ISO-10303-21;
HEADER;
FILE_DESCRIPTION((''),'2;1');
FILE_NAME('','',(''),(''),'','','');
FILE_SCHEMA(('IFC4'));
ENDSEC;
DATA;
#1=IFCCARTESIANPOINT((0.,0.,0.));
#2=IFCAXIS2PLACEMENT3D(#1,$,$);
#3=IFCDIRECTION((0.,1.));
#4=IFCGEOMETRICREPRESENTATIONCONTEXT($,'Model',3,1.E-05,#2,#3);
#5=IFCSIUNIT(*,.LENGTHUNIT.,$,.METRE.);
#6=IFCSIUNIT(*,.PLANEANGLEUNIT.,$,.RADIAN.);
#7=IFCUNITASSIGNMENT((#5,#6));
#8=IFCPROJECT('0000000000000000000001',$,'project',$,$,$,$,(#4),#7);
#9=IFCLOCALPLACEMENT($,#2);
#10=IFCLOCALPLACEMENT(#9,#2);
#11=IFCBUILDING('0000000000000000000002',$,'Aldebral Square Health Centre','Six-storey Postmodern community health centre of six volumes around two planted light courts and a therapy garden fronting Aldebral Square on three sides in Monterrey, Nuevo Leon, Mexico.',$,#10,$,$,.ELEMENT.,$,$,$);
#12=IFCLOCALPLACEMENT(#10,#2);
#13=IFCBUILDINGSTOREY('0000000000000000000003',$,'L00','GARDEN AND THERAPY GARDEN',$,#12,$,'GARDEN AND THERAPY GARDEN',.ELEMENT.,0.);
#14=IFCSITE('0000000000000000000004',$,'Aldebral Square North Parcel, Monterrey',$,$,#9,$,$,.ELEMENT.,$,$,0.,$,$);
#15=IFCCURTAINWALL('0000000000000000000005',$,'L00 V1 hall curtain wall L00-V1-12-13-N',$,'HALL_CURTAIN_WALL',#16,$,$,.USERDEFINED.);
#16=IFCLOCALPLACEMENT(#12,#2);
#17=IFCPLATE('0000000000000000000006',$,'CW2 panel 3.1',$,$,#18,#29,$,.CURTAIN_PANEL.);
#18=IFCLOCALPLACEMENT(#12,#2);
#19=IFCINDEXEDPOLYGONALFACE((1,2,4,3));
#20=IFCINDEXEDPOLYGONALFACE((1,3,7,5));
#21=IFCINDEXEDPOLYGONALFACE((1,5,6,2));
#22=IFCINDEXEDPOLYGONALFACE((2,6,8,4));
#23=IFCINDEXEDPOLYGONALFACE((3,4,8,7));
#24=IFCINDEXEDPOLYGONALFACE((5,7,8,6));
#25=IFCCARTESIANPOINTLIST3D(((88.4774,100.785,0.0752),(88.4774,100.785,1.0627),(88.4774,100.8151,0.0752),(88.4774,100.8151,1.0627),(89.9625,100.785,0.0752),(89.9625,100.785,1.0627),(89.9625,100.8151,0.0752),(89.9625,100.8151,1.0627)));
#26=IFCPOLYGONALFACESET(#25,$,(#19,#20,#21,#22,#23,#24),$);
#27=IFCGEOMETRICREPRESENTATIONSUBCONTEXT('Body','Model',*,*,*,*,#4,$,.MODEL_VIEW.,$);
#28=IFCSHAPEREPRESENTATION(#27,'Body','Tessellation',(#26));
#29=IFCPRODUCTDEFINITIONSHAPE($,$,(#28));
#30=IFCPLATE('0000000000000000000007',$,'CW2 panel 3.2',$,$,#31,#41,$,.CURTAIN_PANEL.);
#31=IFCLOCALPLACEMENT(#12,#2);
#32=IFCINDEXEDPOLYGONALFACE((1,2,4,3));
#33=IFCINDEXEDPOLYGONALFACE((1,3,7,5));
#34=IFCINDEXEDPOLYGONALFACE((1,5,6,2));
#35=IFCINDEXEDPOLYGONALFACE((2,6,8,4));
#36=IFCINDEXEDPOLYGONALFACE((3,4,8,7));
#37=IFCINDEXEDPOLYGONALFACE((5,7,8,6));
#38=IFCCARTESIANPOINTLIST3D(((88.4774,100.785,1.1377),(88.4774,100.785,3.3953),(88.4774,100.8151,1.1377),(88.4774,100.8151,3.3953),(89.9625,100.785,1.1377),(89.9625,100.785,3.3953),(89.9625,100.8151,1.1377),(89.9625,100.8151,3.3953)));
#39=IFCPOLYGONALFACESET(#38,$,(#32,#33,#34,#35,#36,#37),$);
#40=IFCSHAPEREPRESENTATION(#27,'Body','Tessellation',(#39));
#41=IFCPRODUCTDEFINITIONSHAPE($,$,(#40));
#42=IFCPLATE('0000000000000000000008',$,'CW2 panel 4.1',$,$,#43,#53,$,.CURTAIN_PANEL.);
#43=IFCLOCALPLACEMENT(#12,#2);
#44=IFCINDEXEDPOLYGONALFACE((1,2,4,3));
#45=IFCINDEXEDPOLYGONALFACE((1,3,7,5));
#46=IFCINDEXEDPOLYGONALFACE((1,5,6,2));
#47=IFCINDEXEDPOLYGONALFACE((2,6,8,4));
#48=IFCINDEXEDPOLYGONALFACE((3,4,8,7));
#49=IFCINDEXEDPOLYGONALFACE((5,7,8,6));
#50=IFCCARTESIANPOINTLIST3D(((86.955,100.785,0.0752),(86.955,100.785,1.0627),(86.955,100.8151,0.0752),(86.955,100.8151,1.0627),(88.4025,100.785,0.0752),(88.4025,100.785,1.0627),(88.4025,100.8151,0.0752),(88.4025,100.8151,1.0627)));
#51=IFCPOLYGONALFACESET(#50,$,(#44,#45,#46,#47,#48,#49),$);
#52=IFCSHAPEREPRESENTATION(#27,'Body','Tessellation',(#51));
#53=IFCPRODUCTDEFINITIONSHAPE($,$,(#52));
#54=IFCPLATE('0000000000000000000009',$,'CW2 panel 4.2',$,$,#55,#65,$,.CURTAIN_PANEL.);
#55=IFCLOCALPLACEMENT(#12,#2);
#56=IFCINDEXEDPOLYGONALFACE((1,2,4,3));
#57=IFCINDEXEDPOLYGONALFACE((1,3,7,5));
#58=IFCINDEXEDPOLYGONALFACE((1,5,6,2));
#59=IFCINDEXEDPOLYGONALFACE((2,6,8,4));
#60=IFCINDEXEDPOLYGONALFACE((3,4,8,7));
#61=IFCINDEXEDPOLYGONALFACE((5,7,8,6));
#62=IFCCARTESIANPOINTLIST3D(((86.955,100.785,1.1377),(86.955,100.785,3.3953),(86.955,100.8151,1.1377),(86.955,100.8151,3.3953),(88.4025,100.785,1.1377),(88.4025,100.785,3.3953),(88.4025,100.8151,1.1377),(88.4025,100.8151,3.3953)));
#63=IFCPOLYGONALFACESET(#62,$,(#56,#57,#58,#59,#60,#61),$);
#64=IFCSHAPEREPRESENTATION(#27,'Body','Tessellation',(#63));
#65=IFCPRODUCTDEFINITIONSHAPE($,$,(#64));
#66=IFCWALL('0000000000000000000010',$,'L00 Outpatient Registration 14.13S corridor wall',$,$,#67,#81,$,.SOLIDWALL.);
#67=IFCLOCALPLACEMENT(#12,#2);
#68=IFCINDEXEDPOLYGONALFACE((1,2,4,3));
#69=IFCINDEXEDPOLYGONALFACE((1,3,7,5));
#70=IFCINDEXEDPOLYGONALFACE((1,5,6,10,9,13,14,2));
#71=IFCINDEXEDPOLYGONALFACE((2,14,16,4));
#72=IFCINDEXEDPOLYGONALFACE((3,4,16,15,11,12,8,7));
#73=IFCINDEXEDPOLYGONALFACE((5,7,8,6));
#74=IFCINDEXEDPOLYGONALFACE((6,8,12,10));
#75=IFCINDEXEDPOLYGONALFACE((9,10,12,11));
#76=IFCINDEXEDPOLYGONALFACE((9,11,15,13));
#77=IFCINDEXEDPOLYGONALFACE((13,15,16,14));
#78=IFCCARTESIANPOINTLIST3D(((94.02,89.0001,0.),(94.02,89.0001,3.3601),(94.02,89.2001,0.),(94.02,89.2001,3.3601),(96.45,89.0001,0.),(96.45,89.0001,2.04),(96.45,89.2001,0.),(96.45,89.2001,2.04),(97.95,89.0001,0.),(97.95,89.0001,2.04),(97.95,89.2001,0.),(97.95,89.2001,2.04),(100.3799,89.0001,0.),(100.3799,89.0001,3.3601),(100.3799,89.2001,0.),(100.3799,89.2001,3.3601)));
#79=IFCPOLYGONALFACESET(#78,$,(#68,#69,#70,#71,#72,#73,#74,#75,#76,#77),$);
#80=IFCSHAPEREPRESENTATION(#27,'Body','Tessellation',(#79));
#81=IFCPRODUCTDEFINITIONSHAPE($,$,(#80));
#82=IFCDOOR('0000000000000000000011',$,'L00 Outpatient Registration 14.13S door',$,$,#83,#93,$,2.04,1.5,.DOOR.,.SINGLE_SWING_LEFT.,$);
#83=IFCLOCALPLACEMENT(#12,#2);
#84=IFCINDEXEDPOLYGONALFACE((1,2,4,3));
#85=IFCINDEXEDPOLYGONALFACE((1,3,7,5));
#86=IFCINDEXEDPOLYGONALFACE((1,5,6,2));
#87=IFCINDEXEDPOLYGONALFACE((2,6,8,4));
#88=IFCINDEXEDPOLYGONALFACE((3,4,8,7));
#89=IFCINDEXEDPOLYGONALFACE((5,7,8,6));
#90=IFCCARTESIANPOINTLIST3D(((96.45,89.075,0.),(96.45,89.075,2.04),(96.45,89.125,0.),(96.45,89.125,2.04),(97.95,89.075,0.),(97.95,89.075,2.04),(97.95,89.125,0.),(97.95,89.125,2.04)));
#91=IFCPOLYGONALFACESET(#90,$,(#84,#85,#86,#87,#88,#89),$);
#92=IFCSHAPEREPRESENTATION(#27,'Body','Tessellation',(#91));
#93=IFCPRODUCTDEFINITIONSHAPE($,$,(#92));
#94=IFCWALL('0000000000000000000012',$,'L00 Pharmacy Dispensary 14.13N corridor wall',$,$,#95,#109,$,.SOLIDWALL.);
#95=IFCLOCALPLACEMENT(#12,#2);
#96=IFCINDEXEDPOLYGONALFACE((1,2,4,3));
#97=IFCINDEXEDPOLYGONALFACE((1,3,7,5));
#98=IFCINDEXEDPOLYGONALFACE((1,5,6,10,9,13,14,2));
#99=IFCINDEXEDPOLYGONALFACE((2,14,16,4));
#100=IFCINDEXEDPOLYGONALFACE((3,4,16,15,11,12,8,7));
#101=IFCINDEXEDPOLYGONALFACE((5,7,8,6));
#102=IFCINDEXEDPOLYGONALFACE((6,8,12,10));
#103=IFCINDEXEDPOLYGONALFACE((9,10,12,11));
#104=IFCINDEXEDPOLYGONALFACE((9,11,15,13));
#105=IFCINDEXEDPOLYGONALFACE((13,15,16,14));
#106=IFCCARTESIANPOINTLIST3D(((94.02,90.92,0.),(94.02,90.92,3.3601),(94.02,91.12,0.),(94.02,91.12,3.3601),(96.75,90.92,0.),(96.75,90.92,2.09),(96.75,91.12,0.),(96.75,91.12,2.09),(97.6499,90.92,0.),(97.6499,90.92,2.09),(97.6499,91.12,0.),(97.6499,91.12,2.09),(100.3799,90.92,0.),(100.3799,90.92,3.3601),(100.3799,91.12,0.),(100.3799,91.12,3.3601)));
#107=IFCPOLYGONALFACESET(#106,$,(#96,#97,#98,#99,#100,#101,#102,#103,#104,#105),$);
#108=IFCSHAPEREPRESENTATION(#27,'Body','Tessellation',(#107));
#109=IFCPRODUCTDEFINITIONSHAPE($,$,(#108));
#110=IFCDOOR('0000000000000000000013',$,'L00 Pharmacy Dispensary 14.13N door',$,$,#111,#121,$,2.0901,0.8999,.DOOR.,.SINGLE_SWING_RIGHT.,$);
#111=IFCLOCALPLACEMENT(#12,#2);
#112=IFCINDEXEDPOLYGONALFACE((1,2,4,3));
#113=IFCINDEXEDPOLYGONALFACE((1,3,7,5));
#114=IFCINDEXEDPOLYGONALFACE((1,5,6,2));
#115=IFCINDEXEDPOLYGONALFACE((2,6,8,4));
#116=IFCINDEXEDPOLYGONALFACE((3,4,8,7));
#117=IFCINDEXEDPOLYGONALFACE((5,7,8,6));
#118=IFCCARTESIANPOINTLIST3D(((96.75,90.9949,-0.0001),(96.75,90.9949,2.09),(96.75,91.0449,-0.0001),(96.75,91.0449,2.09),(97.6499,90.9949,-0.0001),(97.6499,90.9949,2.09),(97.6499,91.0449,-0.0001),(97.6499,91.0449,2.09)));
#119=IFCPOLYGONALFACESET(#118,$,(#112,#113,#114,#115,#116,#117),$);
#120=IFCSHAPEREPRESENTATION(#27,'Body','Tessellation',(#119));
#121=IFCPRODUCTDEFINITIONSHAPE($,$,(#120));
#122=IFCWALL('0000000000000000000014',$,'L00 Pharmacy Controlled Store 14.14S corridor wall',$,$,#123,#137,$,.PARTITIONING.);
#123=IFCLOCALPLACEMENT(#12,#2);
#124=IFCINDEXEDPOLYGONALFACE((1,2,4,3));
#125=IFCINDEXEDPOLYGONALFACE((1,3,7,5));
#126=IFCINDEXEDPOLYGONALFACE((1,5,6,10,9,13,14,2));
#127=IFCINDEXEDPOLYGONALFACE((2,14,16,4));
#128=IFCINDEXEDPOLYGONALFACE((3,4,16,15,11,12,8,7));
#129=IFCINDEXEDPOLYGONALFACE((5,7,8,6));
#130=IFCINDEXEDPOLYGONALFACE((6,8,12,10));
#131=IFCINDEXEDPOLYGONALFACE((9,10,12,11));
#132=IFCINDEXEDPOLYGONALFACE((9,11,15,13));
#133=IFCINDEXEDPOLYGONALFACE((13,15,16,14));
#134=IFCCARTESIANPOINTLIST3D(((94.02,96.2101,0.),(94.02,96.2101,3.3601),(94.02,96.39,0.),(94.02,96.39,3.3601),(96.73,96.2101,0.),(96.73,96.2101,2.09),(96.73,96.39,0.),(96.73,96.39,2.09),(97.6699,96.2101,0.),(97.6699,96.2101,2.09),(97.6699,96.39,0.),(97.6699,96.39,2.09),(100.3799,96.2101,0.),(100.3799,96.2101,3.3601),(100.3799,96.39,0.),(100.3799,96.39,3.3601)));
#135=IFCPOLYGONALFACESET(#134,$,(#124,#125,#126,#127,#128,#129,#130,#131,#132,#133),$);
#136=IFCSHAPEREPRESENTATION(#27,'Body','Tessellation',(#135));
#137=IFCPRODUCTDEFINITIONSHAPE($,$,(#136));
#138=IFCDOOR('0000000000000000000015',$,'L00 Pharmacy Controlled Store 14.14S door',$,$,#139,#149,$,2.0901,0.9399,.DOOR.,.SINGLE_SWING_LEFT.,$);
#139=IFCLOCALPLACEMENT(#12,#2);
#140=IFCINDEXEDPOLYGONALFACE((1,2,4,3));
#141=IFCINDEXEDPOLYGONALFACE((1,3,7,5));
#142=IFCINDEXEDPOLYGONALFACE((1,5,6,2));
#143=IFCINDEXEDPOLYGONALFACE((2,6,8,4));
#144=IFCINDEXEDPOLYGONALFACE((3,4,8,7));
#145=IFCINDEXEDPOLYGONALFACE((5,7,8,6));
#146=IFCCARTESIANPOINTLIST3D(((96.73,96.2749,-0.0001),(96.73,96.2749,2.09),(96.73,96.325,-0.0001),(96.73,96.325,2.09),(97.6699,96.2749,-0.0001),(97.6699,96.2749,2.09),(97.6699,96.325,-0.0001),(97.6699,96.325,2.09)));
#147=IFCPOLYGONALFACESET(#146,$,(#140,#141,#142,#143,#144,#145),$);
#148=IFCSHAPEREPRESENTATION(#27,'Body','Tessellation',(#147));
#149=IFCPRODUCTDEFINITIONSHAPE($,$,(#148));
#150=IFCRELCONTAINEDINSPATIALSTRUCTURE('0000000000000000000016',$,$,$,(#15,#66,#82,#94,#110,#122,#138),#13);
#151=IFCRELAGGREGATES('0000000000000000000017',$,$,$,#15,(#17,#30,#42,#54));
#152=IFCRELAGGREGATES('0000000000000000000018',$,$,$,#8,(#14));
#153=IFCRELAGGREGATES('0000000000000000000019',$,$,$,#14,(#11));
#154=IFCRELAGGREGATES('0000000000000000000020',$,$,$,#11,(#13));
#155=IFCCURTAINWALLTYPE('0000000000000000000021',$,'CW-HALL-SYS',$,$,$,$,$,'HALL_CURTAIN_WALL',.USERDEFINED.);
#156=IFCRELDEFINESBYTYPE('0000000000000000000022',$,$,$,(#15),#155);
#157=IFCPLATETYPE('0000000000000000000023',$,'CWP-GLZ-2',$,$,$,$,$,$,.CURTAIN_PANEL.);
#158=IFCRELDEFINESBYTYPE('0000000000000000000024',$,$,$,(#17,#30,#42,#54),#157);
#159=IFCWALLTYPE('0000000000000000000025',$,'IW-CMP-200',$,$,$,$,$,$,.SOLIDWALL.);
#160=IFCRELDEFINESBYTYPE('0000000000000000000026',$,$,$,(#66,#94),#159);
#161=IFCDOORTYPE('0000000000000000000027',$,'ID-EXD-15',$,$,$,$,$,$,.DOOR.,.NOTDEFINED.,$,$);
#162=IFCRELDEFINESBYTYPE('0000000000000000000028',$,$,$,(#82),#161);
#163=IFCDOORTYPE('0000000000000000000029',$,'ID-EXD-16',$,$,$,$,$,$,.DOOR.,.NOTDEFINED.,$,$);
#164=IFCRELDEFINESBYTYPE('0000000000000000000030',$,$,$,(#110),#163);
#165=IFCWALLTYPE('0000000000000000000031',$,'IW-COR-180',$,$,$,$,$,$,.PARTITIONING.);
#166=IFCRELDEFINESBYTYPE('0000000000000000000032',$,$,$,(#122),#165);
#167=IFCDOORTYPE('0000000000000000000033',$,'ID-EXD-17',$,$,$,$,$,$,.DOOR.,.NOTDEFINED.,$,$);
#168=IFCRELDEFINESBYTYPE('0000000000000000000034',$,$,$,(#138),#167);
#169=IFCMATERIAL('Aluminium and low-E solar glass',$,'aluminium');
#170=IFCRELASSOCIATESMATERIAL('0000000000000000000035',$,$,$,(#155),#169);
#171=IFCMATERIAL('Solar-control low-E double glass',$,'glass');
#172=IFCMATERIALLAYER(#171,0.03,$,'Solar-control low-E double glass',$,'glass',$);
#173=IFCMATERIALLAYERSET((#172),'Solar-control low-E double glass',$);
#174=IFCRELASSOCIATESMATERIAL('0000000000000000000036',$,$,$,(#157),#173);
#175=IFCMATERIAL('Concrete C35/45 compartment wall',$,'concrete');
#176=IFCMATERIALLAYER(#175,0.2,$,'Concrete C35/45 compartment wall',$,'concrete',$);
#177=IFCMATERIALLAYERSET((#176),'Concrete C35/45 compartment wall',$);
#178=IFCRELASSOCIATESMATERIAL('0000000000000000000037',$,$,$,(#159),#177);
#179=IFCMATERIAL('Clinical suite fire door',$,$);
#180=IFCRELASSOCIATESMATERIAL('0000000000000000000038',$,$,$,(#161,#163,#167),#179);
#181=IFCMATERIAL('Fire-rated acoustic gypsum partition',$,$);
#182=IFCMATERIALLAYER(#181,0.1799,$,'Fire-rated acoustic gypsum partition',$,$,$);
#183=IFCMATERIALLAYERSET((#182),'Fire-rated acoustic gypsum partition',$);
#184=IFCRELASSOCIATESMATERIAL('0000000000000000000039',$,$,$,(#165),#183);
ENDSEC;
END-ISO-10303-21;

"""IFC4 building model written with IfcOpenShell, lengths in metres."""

from ifc_helpers import new_model, si_unit, direction, frame, frame_2d, origin, origin_2d, place, context, subcontext, project, spatial, rectangle, extrude, material, layer, layer_set, type_object, element, fill, aggregate, save


model = new_model("IFC4")

# Units and contexts
model_context = context("Model", 3, precision=1e-05, world=origin(), true_north=direction((0.0, 1.0)))
body_context = subcontext(model_context, "Body", "Model", "MODEL_VIEW")
ifc_project = project(units=[si_unit("LENGTHUNIT", "METRE"), si_unit("PLANEANGLEUNIT", "RADIAN")], contexts=[model_context])

# Site, building, storey
site_placement = place(None, origin())
site = spatial("IfcSite", under=ifc_project, at=site_placement, Name="Aldebral Square North Parcel, Monterrey", CompositionType="ELEMENT", RefElevation=0.0)
building_placement = place(site_placement, origin())
building = spatial("IfcBuilding", under=site, at=building_placement, Name="Aldebral Square Health Centre", Description="Six-storey Postmodern community health centre of six volumes around two planted light courts and a therapy garden fronting Aldebral Square on three sides in Monterrey, Nuevo Leon, Mexico.", CompositionType="ELEMENT")
storey_placement = place(building_placement, origin())
storey = spatial("IfcBuildingStorey", under=building, at=storey_placement, Name="L00", Description="GARDEN AND THERAPY GARDEN", LongName="GARDEN AND THERAPY GARDEN", CompositionType="ELEMENT", Elevation=0.0)

# Curtain wall, plates
ifc_material_1 = material(Name="Aluminium and low-E solar glass", Category="aluminium")
curtain_wall_type = type_object("IfcCurtainWallType", Name="CW-HALL-SYS", ElementType="HALL_CURTAIN_WALL", PredefinedType="USERDEFINED", material=ifc_material_1)
curtain_wall_placement = place(storey_placement, origin())
curtain_wall = element("IfcCurtainWall", 1, at=curtain_wall_placement, inside=storey, type_object=curtain_wall_type, Name="L00 V1 hall curtain wall L00-V1-12-13-N", ObjectType="HALL_CURTAIN_WALL", PredefinedType="USERDEFINED")
ifc_material_2 = material(Name="Solar-control low-E double glass", Category="glass")
ifc_layer_1 = layer(ifc_material_2, 0.03, Name="Solar-control low-E double glass", Category="glass")
ifc_layer_set_1 = layer_set([ifc_layer_1], Name="Solar-control low-E double glass")
plate_type = type_object("IfcPlateType", Name="CWP-GLZ-2", PredefinedType="CURTAIN_PANEL", material=ifc_layer_set_1)
plate_1_placement = place(storey_placement, frame((89.22, 100.8, 0.0752), z_axis=(0.0, 0.0, 1.0), x_axis=(-1.0, 0.0, 0.0)))
plate_1 = element("IfcPlate", 2, at=plate_1_placement, type_object=plate_type, Name="CW2 panel 3.1", PredefinedType="CURTAIN_PANEL", context=body_context, shape_type="SweptSolid", body=[
    extrude(rectangle(XDim=1.4851, YDim=0.03, at=origin_2d()), origin(), (0.0, 0.0, 1.0), 0.9875),
])
plate_2_placement = place(storey_placement, frame((89.22, 100.8, 1.1377), z_axis=(0.0, 0.0, 1.0), x_axis=(-1.0, 0.0, 0.0)))
plate_2 = element("IfcPlate", 3, at=plate_2_placement, type_object=plate_type, Name="CW2 panel 3.2", PredefinedType="CURTAIN_PANEL", context=body_context, shape_type="SweptSolid", body=[
    extrude(rectangle(XDim=1.4851, YDim=0.03, at=origin_2d()), origin(), (0.0, 0.0, 1.0), 2.2576),
])
plate_3_placement = place(storey_placement, frame((87.6787, 100.8, 0.0752), z_axis=(0.0, 0.0, 1.0), x_axis=(-1.0, 0.0, 0.0)))
plate_3 = element("IfcPlate", 4, at=plate_3_placement, type_object=plate_type, Name="CW2 panel 4.1", PredefinedType="CURTAIN_PANEL", context=body_context, shape_type="SweptSolid", body=[
    extrude(rectangle(XDim=1.4475, YDim=0.03, at=origin_2d()), origin(), (0.0, 0.0, 1.0), 0.9875),
])
plate_4_placement = place(storey_placement, frame((87.6787, 100.8, 1.1377), z_axis=(0.0, 0.0, 1.0), x_axis=(-1.0, 0.0, 0.0)))
plate_4 = element("IfcPlate", 5, at=plate_4_placement, type_object=plate_type, Name="CW2 panel 4.2", PredefinedType="CURTAIN_PANEL", context=body_context, shape_type="SweptSolid", body=[
    extrude(rectangle(XDim=1.4475, YDim=0.03, at=origin_2d()), origin(), (0.0, 0.0, 1.0), 2.2576),
])
aggregate(curtain_wall, [plate_1, plate_2, plate_3, plate_4])

# Walls, openings, doors
ifc_material_3 = material(Name="Concrete C35/45 compartment wall", Category="concrete")
ifc_layer_2 = layer(ifc_material_3, 0.2, Name="Concrete C35/45 compartment wall", Category="concrete")
ifc_layer_set_2 = layer_set([ifc_layer_2], Name="Concrete C35/45 compartment wall")
wall_type_1 = type_object("IfcWallType", Name="IW-CMP-200", PredefinedType="SOLIDWALL", material=ifc_layer_set_2)
wall_1_placement = place(storey_placement, frame((94.02, 89.1001, 0.0), z_axis=(0.0, 0.0, 1.0), x_axis=(1.0, 0.0, 0.0)))
wall_1 = element("IfcWall", 6, at=wall_1_placement, inside=storey, type_object=wall_type_1, Name="L00 Outpatient Registration 14.13S corridor wall", PredefinedType="SOLIDWALL", context=body_context, shape_type="SweptSolid", body=[
    extrude(rectangle(XDim=6.3599, YDim=0.2, at=frame_2d((3.1799, 0.0))), origin(), (0.0, 0.0, 1.0), 3.3601),
])
opening_1_placement = place(wall_1_placement, frame((2.4299, 0.0, 0.0)))
opening_1 = element("IfcOpeningElement", 7, at=opening_1_placement, cuts=wall_1, PredefinedType="OPENING", context=body_context, shape_type="SweptSolid", body=[
    extrude(rectangle(XDim=1.5, YDim=2.04, at=frame_2d((0.75, 1.02))), frame((0.0, 0.1099, 0.0), z_axis=(0.0, -1.0, 0.0), x_axis=(1.0, 0.0, 0.0)), (0.0, 0.0, 1.0), 0.22),
])
ifc_material_4 = material(Name="Clinical suite fire door")
door_type_1 = type_object("IfcDoorType", Name="ID-EXD-15", OperationType="NOTDEFINED", PredefinedType="DOOR", material=ifc_material_4)
door_1_placement = place(opening_1_placement, origin())
door_1 = element("IfcDoor", 8, at=door_1_placement, inside=storey, type_object=door_type_1, Name="L00 Outpatient Registration 14.13S door", OperationType="SINGLE_SWING_LEFT", OverallHeight=2.04, OverallWidth=1.5, PredefinedType="DOOR", context=body_context, shape_type="SweptSolid", body=[
    extrude(rectangle(XDim=1.5, YDim=2.04, at=frame_2d((0.75, 1.02))), frame((0.0, 0.0249, 0.0), z_axis=(0.0, -1.0, 0.0), x_axis=(1.0, 0.0, 0.0)), (0.0, 0.0, 1.0), 0.05),
])
fill(opening_1, door_1)
wall_2_placement = place(storey_placement, frame((94.02, 91.02, 0.0), z_axis=(0.0, 0.0, 1.0), x_axis=(1.0, 0.0, 0.0)))
wall_2 = element("IfcWall", 9, at=wall_2_placement, inside=storey, type_object=wall_type_1, Name="L00 Pharmacy Dispensary 14.13N corridor wall", PredefinedType="SOLIDWALL", context=body_context, shape_type="SweptSolid", body=[
    extrude(rectangle(XDim=6.3599, YDim=0.2, at=frame_2d((3.1799, 0.0))), origin(), (0.0, 0.0, 1.0), 3.3601),
])
opening_2_placement = place(wall_2_placement, frame((2.73, 0.0, 0.0)))
opening_2 = element("IfcOpeningElement", 10, at=opening_2_placement, cuts=wall_2, PredefinedType="OPENING", context=body_context, shape_type="SweptSolid", body=[
    extrude(rectangle(XDim=0.8999, YDim=2.0901, at=frame_2d((0.45, 1.0449))), frame((0.0, 0.1099, 0.0), z_axis=(0.0, -1.0, 0.0), x_axis=(1.0, 0.0, 0.0)), (0.0, 0.0, 1.0), 0.22),
])
door_type_2 = type_object("IfcDoorType", Name="ID-EXD-16", OperationType="NOTDEFINED", PredefinedType="DOOR", material=ifc_material_4)
door_2_placement = place(opening_2_placement, origin())
door_2 = element("IfcDoor", 11, at=door_2_placement, inside=storey, type_object=door_type_2, Name="L00 Pharmacy Dispensary 14.13N door", OperationType="SINGLE_SWING_RIGHT", OverallHeight=2.0901, OverallWidth=0.8999, PredefinedType="DOOR", context=body_context, shape_type="SweptSolid", body=[
    extrude(rectangle(XDim=0.8999, YDim=2.0901, at=frame_2d((0.45, 1.0449))), frame((0.0, 0.0249, 0.0), z_axis=(0.0, -1.0, 0.0), x_axis=(1.0, 0.0, 0.0)), (0.0, 0.0, 1.0), 0.05),
])
fill(opening_2, door_2)
ifc_material_5 = material(Name="Fire-rated acoustic gypsum partition")
ifc_layer_3 = layer(ifc_material_5, 0.1799, Name="Fire-rated acoustic gypsum partition")
ifc_layer_set_3 = layer_set([ifc_layer_3], Name="Fire-rated acoustic gypsum partition")
wall_type_2 = type_object("IfcWallType", Name="IW-COR-180", PredefinedType="PARTITIONING", material=ifc_layer_set_3)
wall_3_placement = place(storey_placement, frame((94.02, 96.3, 0.0), z_axis=(0.0, 0.0, 1.0), x_axis=(1.0, 0.0, 0.0)))
wall_3 = element("IfcWall", 12, at=wall_3_placement, inside=storey, type_object=wall_type_2, Name="L00 Pharmacy Controlled Store 14.14S corridor wall", PredefinedType="PARTITIONING", context=body_context, shape_type="SweptSolid", body=[
    extrude(rectangle(XDim=6.3599, YDim=0.1799, at=frame_2d((3.1799, 0.0))), origin(), (0.0, 0.0, 1.0), 3.3601),
])
opening_3_placement = place(wall_3_placement, frame((2.71, 0.0, 0.0)))
opening_3 = element("IfcOpeningElement", 13, at=opening_3_placement, cuts=wall_3, PredefinedType="OPENING", context=body_context, shape_type="SweptSolid", body=[
    extrude(rectangle(XDim=0.9399, YDim=2.0901, at=frame_2d((0.47, 1.0449))), frame((0.0, 0.1001, 0.0), z_axis=(0.0, -1.0, 0.0), x_axis=(1.0, 0.0, 0.0)), (0.0, 0.0, 1.0), 0.2),
])
door_type_3 = type_object("IfcDoorType", Name="ID-EXD-17", OperationType="NOTDEFINED", PredefinedType="DOOR", material=ifc_material_4)
door_3_placement = place(opening_3_placement, origin())
door_3 = element("IfcDoor", 14, at=door_3_placement, inside=storey, type_object=door_type_3, Name="L00 Pharmacy Controlled Store 14.14S door", OperationType="SINGLE_SWING_LEFT", OverallHeight=2.0901, OverallWidth=0.9399, PredefinedType="DOOR", context=body_context, shape_type="SweptSolid", body=[
    extrude(rectangle(XDim=0.9399, YDim=2.0901, at=frame_2d((0.47, 1.0449))), frame((0.0, 0.0249, 0.0), z_axis=(0.0, -1.0, 0.0), x_axis=(1.0, 0.0, 0.0)), (0.0, 0.0, 1.0), 0.05),
])
fill(opening_3, door_3)

save(model, "model.ifc")
